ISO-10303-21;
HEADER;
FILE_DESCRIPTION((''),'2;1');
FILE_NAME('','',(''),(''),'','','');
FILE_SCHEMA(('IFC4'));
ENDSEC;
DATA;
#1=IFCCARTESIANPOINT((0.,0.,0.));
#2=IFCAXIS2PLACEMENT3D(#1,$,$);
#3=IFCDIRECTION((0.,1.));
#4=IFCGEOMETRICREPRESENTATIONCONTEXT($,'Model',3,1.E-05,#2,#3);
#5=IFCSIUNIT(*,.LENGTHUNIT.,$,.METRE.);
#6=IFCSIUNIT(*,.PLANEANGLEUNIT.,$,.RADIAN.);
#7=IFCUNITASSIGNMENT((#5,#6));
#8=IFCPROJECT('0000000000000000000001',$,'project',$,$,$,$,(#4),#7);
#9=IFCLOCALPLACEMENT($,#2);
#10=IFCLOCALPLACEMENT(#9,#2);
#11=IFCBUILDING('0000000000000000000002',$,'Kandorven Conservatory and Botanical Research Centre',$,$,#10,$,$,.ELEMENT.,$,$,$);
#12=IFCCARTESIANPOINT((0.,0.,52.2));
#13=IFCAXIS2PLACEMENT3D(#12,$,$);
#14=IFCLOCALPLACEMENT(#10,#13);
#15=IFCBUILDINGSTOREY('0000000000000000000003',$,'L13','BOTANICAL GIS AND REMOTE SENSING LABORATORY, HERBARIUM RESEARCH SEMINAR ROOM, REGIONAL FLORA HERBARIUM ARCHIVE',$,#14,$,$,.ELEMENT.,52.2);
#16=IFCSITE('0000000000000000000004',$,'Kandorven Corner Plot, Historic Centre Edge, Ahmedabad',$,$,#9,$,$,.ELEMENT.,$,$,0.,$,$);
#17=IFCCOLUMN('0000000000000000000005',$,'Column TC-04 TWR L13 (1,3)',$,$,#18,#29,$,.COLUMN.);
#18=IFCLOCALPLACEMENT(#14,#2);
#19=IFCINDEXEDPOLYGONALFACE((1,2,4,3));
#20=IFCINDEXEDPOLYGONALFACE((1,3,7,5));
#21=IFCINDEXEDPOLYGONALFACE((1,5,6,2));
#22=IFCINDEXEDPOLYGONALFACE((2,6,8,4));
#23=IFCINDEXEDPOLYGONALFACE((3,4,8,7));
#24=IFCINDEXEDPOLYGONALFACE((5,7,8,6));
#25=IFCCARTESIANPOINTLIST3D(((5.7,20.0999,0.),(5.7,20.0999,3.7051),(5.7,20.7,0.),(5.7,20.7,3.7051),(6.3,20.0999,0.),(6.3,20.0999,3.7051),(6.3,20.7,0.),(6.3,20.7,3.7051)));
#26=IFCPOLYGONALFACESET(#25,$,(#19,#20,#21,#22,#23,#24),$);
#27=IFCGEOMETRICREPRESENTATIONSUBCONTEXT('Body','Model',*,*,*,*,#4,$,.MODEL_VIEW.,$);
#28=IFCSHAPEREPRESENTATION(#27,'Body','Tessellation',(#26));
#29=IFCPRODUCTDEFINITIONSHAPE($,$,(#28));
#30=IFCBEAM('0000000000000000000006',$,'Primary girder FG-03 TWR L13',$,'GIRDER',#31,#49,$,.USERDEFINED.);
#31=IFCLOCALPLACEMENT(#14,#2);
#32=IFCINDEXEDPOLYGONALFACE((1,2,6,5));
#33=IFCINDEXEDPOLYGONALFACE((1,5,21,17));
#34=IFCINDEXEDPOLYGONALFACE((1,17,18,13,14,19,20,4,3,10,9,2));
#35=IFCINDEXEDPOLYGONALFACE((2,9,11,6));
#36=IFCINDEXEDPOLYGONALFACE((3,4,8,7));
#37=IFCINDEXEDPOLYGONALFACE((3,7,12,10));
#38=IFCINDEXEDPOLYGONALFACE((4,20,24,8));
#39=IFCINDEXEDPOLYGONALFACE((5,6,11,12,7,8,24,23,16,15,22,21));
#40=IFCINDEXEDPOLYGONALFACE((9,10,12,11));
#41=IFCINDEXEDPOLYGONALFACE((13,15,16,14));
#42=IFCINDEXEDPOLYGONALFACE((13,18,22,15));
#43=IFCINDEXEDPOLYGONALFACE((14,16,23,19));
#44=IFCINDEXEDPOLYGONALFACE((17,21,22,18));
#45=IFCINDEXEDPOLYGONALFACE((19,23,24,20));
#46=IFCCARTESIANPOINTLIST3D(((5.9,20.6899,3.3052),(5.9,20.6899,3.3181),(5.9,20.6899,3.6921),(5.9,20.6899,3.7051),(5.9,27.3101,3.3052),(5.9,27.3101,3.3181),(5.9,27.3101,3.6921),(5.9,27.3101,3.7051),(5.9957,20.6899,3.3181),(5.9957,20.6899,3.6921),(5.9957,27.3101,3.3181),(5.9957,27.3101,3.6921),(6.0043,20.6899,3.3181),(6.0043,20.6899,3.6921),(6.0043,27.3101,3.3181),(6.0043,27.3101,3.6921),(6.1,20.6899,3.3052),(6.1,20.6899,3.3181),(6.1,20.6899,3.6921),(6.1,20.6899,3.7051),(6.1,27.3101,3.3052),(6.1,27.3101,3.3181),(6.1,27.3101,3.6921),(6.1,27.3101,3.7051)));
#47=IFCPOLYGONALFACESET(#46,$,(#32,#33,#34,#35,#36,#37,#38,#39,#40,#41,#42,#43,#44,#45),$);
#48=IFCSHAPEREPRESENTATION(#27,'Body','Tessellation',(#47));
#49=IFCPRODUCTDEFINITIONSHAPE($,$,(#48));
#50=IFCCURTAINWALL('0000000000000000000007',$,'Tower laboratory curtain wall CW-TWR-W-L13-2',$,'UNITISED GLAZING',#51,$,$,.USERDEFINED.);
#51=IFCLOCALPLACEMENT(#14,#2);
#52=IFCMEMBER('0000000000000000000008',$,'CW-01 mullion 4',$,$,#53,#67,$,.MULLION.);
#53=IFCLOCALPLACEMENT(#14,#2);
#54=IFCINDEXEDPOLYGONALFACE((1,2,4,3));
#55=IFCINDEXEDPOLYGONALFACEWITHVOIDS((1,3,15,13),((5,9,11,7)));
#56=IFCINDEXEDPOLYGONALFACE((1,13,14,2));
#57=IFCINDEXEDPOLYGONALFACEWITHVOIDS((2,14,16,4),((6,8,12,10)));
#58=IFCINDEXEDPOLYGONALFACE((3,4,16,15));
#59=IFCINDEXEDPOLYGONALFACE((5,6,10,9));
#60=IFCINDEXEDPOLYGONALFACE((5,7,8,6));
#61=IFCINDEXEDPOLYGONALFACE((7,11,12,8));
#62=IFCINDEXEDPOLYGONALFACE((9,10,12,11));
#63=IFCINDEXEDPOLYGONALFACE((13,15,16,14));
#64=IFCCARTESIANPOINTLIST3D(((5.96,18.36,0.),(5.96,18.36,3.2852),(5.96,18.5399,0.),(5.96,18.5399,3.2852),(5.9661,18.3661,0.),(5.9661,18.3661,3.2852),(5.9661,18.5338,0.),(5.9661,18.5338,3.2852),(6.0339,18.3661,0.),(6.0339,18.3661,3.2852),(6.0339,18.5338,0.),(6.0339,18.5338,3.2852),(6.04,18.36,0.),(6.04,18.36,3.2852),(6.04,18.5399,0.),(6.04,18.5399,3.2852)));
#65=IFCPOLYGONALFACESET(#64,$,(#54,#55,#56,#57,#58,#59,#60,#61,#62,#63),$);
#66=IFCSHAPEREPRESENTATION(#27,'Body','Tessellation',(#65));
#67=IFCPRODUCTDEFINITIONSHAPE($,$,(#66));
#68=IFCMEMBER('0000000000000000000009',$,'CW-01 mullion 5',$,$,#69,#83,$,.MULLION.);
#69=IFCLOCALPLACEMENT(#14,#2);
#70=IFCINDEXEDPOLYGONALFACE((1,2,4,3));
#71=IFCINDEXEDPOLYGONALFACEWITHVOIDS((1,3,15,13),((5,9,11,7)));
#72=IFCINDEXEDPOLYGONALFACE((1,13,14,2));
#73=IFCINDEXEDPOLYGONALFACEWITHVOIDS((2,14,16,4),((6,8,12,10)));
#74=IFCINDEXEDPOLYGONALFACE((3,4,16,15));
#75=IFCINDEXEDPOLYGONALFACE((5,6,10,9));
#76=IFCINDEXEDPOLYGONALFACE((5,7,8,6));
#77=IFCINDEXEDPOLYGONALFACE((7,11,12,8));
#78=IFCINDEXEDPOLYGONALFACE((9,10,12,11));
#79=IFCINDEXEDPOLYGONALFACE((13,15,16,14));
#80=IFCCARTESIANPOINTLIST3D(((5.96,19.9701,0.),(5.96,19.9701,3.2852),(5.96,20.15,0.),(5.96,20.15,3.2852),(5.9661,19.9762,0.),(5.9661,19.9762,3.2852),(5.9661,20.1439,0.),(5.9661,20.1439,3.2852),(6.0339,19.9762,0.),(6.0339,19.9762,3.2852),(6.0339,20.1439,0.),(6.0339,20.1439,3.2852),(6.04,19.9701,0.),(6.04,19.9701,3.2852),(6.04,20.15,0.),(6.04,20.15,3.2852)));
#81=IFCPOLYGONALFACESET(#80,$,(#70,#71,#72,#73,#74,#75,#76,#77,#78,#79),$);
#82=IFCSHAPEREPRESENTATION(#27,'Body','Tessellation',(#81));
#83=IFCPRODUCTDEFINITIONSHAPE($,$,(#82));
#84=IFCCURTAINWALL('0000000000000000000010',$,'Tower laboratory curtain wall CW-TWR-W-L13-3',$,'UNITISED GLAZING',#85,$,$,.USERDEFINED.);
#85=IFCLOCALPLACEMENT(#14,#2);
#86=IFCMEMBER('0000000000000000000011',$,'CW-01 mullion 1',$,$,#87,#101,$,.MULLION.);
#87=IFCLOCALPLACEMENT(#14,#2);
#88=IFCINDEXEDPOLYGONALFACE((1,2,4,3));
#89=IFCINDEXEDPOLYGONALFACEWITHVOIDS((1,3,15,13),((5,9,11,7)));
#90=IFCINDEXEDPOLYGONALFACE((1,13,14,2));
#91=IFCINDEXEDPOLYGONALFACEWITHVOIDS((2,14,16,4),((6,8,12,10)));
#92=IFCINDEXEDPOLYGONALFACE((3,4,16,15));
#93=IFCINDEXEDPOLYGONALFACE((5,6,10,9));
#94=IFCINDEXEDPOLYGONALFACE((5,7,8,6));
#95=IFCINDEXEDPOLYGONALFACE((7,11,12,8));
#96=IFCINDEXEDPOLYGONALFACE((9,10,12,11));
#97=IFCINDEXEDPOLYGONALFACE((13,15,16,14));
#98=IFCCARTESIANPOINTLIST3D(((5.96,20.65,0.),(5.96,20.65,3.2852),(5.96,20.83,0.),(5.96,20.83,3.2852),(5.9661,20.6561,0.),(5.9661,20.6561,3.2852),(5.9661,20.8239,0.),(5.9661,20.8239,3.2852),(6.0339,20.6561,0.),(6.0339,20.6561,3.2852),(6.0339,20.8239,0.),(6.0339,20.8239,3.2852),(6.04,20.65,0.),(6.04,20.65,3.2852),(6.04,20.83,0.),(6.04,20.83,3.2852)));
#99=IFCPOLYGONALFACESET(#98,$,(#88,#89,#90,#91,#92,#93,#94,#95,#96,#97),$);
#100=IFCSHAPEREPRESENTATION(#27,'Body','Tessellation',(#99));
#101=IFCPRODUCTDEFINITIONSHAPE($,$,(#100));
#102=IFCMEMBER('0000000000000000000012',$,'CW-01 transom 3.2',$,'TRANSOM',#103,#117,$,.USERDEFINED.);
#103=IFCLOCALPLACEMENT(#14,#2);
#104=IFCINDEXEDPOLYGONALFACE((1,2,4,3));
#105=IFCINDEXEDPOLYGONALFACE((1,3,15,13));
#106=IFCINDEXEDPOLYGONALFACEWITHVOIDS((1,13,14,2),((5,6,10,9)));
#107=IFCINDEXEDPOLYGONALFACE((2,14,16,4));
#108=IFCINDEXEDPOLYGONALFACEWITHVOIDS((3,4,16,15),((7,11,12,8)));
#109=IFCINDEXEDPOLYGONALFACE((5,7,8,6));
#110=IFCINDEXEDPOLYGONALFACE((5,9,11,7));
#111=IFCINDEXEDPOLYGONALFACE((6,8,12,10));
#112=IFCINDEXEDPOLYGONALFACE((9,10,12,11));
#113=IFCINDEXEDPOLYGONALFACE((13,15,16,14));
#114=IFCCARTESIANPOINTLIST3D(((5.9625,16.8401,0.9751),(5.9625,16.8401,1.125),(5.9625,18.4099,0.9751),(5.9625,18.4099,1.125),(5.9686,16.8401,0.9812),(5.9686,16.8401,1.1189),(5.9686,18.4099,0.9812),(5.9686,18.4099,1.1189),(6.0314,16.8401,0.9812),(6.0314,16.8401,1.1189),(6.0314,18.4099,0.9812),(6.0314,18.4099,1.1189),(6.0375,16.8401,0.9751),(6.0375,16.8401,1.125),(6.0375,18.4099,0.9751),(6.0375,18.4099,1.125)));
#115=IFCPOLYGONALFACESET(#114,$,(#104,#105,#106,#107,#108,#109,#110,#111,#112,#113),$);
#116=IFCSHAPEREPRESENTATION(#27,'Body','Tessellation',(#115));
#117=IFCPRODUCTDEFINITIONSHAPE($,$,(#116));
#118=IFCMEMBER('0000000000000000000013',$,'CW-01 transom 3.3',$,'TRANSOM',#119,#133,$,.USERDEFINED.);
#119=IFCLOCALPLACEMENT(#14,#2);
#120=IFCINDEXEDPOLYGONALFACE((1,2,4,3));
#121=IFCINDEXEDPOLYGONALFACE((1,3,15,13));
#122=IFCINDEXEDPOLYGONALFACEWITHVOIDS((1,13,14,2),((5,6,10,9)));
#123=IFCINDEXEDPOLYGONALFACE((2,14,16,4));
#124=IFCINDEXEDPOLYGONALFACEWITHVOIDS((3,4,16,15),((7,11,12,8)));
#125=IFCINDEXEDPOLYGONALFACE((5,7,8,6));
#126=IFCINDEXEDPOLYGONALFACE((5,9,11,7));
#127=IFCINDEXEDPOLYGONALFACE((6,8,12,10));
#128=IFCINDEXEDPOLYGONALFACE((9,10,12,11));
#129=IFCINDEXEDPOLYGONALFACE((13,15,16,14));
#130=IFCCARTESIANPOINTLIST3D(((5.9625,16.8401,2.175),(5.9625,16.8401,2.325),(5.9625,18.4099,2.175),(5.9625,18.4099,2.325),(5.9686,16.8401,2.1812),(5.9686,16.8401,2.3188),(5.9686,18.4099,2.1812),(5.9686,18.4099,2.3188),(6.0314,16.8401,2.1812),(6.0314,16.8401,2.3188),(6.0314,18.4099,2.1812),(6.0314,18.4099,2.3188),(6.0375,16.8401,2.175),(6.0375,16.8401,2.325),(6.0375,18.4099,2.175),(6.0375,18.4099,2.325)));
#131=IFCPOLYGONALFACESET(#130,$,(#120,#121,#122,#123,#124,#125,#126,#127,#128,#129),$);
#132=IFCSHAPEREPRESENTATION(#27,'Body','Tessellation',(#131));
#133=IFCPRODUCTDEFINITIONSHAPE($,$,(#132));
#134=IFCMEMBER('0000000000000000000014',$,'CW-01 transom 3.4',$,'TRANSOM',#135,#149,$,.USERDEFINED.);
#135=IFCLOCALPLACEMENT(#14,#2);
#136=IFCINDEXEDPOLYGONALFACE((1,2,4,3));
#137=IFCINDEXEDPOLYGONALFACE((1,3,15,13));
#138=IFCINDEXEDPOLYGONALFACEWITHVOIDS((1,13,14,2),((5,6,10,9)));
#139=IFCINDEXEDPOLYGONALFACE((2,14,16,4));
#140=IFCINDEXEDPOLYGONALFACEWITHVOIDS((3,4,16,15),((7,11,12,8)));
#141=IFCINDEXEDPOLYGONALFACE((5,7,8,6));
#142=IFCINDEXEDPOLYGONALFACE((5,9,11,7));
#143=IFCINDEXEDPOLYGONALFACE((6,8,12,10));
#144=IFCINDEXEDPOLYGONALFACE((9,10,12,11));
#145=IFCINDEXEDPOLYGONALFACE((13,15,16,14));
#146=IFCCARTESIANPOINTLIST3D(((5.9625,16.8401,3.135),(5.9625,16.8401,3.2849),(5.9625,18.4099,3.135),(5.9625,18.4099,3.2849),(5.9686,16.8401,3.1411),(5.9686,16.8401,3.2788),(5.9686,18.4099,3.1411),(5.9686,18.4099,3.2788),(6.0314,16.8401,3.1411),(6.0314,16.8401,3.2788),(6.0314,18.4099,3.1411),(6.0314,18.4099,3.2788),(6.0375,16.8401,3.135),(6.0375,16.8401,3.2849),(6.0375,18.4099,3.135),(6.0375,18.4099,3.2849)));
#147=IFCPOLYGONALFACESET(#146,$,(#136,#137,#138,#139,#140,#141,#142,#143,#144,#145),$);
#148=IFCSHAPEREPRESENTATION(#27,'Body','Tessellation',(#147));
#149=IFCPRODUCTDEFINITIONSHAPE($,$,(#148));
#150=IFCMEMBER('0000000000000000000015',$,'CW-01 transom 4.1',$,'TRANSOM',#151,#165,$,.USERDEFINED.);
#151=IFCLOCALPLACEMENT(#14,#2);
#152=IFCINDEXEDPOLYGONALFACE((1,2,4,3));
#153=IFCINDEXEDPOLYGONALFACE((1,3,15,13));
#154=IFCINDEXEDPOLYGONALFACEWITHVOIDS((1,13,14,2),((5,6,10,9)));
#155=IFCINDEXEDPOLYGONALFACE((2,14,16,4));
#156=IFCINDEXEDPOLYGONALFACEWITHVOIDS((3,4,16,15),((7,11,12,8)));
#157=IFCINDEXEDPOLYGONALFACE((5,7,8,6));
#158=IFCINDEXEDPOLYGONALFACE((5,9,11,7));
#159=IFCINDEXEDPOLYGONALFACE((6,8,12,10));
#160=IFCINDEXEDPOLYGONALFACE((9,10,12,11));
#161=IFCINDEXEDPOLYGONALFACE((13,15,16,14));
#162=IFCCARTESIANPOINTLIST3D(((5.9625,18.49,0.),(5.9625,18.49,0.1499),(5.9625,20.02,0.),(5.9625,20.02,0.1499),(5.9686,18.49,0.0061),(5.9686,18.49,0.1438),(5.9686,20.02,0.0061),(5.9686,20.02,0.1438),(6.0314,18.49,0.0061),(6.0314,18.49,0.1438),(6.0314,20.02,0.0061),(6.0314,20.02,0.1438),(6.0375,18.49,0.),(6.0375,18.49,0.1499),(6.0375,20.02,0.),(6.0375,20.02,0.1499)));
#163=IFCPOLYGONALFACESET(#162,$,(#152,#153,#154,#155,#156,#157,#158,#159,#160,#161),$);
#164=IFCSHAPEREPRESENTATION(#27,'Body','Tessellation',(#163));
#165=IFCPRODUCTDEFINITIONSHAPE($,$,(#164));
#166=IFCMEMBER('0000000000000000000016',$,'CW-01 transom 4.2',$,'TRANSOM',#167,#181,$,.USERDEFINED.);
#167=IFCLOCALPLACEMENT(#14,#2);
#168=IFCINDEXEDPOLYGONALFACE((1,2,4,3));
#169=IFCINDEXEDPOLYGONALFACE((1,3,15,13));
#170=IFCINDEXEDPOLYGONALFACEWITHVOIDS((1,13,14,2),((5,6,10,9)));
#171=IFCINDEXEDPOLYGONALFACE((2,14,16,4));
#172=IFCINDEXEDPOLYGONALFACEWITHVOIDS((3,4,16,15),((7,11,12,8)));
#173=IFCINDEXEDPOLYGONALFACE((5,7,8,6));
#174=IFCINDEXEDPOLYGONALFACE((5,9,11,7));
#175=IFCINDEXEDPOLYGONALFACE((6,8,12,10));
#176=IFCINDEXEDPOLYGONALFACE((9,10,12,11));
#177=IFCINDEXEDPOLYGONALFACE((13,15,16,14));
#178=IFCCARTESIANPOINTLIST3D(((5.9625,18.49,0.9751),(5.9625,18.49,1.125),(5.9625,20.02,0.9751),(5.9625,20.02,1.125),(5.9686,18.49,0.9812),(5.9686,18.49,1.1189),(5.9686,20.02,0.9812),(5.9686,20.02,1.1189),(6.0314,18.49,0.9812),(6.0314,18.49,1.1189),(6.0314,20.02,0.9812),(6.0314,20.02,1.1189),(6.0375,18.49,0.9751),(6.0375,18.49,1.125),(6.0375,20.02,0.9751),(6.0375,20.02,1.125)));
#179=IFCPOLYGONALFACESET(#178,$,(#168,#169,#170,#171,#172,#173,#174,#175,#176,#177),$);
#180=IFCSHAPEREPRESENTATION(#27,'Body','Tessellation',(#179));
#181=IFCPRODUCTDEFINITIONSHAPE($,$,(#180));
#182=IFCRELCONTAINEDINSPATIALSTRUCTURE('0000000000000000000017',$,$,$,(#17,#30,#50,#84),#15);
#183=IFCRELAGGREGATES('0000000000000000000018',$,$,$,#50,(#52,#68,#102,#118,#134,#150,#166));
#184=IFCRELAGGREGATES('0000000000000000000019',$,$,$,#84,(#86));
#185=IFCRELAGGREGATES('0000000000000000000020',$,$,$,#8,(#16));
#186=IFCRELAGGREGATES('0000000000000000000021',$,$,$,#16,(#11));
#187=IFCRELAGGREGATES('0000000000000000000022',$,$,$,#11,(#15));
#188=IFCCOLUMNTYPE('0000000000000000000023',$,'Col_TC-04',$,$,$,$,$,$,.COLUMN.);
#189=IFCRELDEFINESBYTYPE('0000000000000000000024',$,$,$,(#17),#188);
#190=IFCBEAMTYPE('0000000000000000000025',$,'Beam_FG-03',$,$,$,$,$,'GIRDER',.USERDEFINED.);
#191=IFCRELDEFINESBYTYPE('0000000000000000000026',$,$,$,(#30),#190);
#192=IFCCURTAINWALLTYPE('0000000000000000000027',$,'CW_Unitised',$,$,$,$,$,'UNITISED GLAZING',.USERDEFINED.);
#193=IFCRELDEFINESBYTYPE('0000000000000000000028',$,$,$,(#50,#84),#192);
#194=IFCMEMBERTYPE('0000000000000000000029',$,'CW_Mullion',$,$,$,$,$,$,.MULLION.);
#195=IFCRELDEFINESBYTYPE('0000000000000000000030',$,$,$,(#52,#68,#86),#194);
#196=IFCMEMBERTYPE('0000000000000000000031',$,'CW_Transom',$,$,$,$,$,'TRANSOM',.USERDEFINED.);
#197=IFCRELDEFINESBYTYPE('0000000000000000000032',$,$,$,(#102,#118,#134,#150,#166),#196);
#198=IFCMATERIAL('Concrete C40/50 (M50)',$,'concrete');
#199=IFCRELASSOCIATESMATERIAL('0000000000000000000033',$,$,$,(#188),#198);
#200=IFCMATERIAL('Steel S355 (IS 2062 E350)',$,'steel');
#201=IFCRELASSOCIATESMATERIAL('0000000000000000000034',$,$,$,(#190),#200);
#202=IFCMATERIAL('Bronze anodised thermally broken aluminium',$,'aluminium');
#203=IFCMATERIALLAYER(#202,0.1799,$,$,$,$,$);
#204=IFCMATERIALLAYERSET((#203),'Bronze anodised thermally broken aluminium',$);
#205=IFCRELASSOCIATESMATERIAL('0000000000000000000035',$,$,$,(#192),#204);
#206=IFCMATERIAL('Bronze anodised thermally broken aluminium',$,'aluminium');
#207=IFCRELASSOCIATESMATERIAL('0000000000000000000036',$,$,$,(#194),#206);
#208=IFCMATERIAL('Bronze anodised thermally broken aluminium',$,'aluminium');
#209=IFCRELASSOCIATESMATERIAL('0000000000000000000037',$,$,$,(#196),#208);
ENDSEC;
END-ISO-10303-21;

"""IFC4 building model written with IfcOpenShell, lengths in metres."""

from ifc_helpers import new_model, si_unit, direction, frame, origin, origin_2d, place, context, subcontext, project, spatial, rectangle, hollow_rectangle, i_section, extrude, material, layer, layer_set, material_profile, profile_set, type_object, element, aggregate, save


model = new_model("IFC4")

# Units and contexts
model_context = context("Model", 3, precision=1e-05, world=origin(), true_north=direction((0.0, 1.0)))
body_context = subcontext(model_context, "Body", "Model", "MODEL_VIEW")
ifc_project = project(units=[si_unit("LENGTHUNIT", "METRE"), si_unit("PLANEANGLEUNIT", "RADIAN")], contexts=[model_context])

# Site, building, storey
site_placement = place(None, origin())
site = spatial("IfcSite", under=ifc_project, at=site_placement, Name="Kandorven Corner Plot, Historic Centre Edge, Ahmedabad", CompositionType="ELEMENT", RefElevation=0.0)
building_placement = place(site_placement, origin())
building = spatial("IfcBuilding", under=site, at=building_placement, Name="Kandorven Conservatory and Botanical Research Centre", CompositionType="ELEMENT")
storey_placement = place(building_placement, frame((0.0, 0.0, 52.2)))
storey = spatial("IfcBuildingStorey", under=building, at=storey_placement, Name="L13", Description="BOTANICAL GIS AND REMOTE SENSING LABORATORY, HERBARIUM RESEARCH SEMINAR ROOM, REGIONAL FLORA HERBARIUM ARCHIVE", CompositionType="ELEMENT", Elevation=52.2)

# Column
ifc_material_1 = material(Name="Concrete C40/50 (M50)", Category="concrete")
ifc_material_profile_1 = material_profile(ifc_material_1, rectangle(XDim=0.6001, YDim=0.6001, at=origin_2d()))
ifc_profile_set_1 = profile_set([ifc_material_profile_1], Name="Concrete C40/50 (M50)")
column_type = type_object("IfcColumnType", Name="Col_TC-04", PredefinedType="COLUMN", material=ifc_profile_set_1)
column_placement = place(storey_placement, frame((6.0, 20.3999, 0.0), z_axis=(0.0, 0.0, 1.0), x_axis=(1.0, 0.0, 0.0)))
element("IfcColumn", 1, at=column_placement, inside=storey, type_object=column_type, Name="Column TC-04 TWR L13 (1,3)", PredefinedType="COLUMN", context=body_context, shape_type="SweptSolid", body=[
    extrude(rectangle(XDim=0.6001, YDim=0.6001, at=origin_2d()), origin(), (0.0, 0.0, 1.0), 3.7051),
])

# Beam
ifc_material_2 = material(Name="Steel S355 (IS 2062 E350)", Category="steel")
ifc_material_profile_2 = material_profile(ifc_material_2, i_section(OverallWidth=0.2, OverallDepth=0.3999, WebThickness=0.0085, FlangeThickness=0.0129, at=origin_2d()))
ifc_profile_set_2 = profile_set([ifc_material_profile_2], Name="Steel S355 (IS 2062 E350)")
beam_type = type_object("IfcBeamType", Name="Beam_FG-03", ElementType="GIRDER", PredefinedType="USERDEFINED", material=ifc_profile_set_2)
beam_placement = place(storey_placement, frame((6.0, 20.6899, 3.5051), z_axis=(0.0, 1.0, 0.0), x_axis=(-1.0, 0.0, 0.0)))
element("IfcBeam", 2, at=beam_placement, inside=storey, type_object=beam_type, Name="Primary girder FG-03 TWR L13", ObjectType="GIRDER", PredefinedType="USERDEFINED", context=body_context, shape_type="SweptSolid", body=[
    extrude(i_section(OverallWidth=0.2, OverallDepth=0.3999, WebThickness=0.0085, FlangeThickness=0.0129, at=origin_2d()), origin(), (0.0, 0.0, 1.0), 6.6201),
])

# Curtain wall, members
ifc_material_3 = material(Name="Bronze anodised thermally broken aluminium", Category="aluminium")
ifc_layer_1 = layer(ifc_material_3, 0.1799)
ifc_layer_set_1 = layer_set([ifc_layer_1], Name="Bronze anodised thermally broken aluminium")
curtain_wall_type = type_object("IfcCurtainWallType", Name="CW_Unitised", ElementType="UNITISED GLAZING", PredefinedType="USERDEFINED", material=ifc_layer_set_1)
curtain_wall_1_placement = place(storey_placement, origin())
curtain_wall_1 = element("IfcCurtainWall", 3, at=curtain_wall_1_placement, inside=storey, type_object=curtain_wall_type, Name="Tower laboratory curtain wall CW-TWR-W-L13-2", ObjectType="UNITISED GLAZING", PredefinedType="USERDEFINED")
ifc_material_4 = material(Name="Bronze anodised thermally broken aluminium", Category="aluminium")
ifc_material_profile_3 = material_profile(ifc_material_4, hollow_rectangle(XDim=0.0801, YDim=0.1799, WallThickness=0.0061, at=origin_2d()))
ifc_profile_set_3 = profile_set([ifc_material_profile_3], Name="Bronze anodised thermally broken aluminium")
member_type_1 = type_object("IfcMemberType", Name="CW_Mullion", PredefinedType="MULLION", material=ifc_profile_set_3)
member_1_placement = place(storey_placement, frame((6.0, 18.45, 0.0), z_axis=(0.0, 0.0, 1.0), x_axis=(-1.0, 0.0, 0.0)))
member_1 = element("IfcMember", 4, at=member_1_placement, type_object=member_type_1, Name="CW-01 mullion 4", PredefinedType="MULLION", context=body_context, shape_type="SweptSolid", body=[
    extrude(hollow_rectangle(XDim=0.0801, YDim=0.1799, WallThickness=0.0061, at=origin_2d()), origin(), (0.0, 0.0, 1.0), 3.2852),
])
member_2_placement = place(storey_placement, frame((6.0, 20.0601, 0.0), z_axis=(0.0, 0.0, 1.0), x_axis=(-1.0, 0.0, 0.0)))
member_2 = element("IfcMember", 5, at=member_2_placement, type_object=member_type_1, Name="CW-01 mullion 5", PredefinedType="MULLION", context=body_context, shape_type="SweptSolid", body=[
    extrude(hollow_rectangle(XDim=0.0801, YDim=0.1799, WallThickness=0.0061, at=origin_2d()), origin(), (0.0, 0.0, 1.0), 3.2852),
])

# Curtain wall, member
curtain_wall_2_placement = place(storey_placement, origin())
curtain_wall_2 = element("IfcCurtainWall", 6, at=curtain_wall_2_placement, inside=storey, type_object=curtain_wall_type, Name="Tower laboratory curtain wall CW-TWR-W-L13-3", ObjectType="UNITISED GLAZING", PredefinedType="USERDEFINED")
member_3_placement = place(storey_placement, frame((6.0, 20.74, 0.0), z_axis=(0.0, 0.0, 1.0), x_axis=(-1.0, 0.0, 0.0)))
member_3 = element("IfcMember", 7, at=member_3_placement, type_object=member_type_1, Name="CW-01 mullion 1", PredefinedType="MULLION", context=body_context, shape_type="SweptSolid", body=[
    extrude(hollow_rectangle(XDim=0.0801, YDim=0.1799, WallThickness=0.0061, at=origin_2d()), origin(), (0.0, 0.0, 1.0), 3.2852),
])

# Members
ifc_material_5 = material(Name="Bronze anodised thermally broken aluminium", Category="aluminium")
ifc_material_profile_4 = material_profile(ifc_material_5, hollow_rectangle(XDim=0.075, YDim=0.1499, WallThickness=0.0061, at=origin_2d()))
ifc_profile_set_4 = profile_set([ifc_material_profile_4], Name="Bronze anodised thermally broken aluminium")
member_type_2 = type_object("IfcMemberType", Name="CW_Transom", ElementType="TRANSOM", PredefinedType="USERDEFINED", material=ifc_profile_set_4)
member_4_placement = place(storey_placement, frame((6.0, 16.8401, 1.05), z_axis=(0.0, 1.0, 0.0), x_axis=(-1.0, 0.0, 0.0)))
member_4 = element("IfcMember", 8, at=member_4_placement, type_object=member_type_2, Name="CW-01 transom 3.2", ObjectType="TRANSOM", PredefinedType="USERDEFINED", context=body_context, shape_type="SweptSolid", body=[
    extrude(hollow_rectangle(XDim=0.075, YDim=0.1499, WallThickness=0.0061, at=origin_2d()), origin(), (0.0, 0.0, 1.0), 1.5698),
])
member_5_placement = place(storey_placement, frame((6.0, 16.8401, 2.25), z_axis=(0.0, 1.0, 0.0), x_axis=(-1.0, 0.0, 0.0)))
member_5 = element("IfcMember", 9, at=member_5_placement, type_object=member_type_2, Name="CW-01 transom 3.3", ObjectType="TRANSOM", PredefinedType="USERDEFINED", context=body_context, shape_type="SweptSolid", body=[
    extrude(hollow_rectangle(XDim=0.075, YDim=0.1499, WallThickness=0.0061, at=origin_2d()), origin(), (0.0, 0.0, 1.0), 1.5698),
])
member_6_placement = place(storey_placement, frame((6.0, 16.8401, 3.21), z_axis=(0.0, 1.0, 0.0), x_axis=(-1.0, 0.0, 0.0)))
member_6 = element("IfcMember", 10, at=member_6_placement, type_object=member_type_2, Name="CW-01 transom 3.4", ObjectType="TRANSOM", PredefinedType="USERDEFINED", context=body_context, shape_type="SweptSolid", body=[
    extrude(hollow_rectangle(XDim=0.075, YDim=0.1499, WallThickness=0.0061, at=origin_2d()), origin(), (0.0, 0.0, 1.0), 1.5698),
])
member_7_placement = place(storey_placement, frame((6.0, 18.49, 0.075), z_axis=(0.0, 1.0, 0.0), x_axis=(-1.0, 0.0, 0.0)))
member_7 = element("IfcMember", 11, at=member_7_placement, type_object=member_type_2, Name="CW-01 transom 4.1", ObjectType="TRANSOM", PredefinedType="USERDEFINED", context=body_context, shape_type="SweptSolid", body=[
    extrude(hollow_rectangle(XDim=0.075, YDim=0.1499, WallThickness=0.0061, at=origin_2d()), origin(), (0.0, 0.0, 1.0), 1.53),
])
member_8_placement = place(storey_placement, frame((6.0, 18.49, 1.05), z_axis=(0.0, 1.0, 0.0), x_axis=(-1.0, 0.0, 0.0)))
member_8 = element("IfcMember", 12, at=member_8_placement, type_object=member_type_2, Name="CW-01 transom 4.2", ObjectType="TRANSOM", PredefinedType="USERDEFINED", context=body_context, shape_type="SweptSolid", body=[
    extrude(hollow_rectangle(XDim=0.075, YDim=0.1499, WallThickness=0.0061, at=origin_2d()), origin(), (0.0, 0.0, 1.0), 1.53),
])

aggregate(curtain_wall_1, [member_1, member_2, member_4, member_5, member_6, member_7, member_8])
aggregate(curtain_wall_2, [member_3])

save(model, "model.ifc")
